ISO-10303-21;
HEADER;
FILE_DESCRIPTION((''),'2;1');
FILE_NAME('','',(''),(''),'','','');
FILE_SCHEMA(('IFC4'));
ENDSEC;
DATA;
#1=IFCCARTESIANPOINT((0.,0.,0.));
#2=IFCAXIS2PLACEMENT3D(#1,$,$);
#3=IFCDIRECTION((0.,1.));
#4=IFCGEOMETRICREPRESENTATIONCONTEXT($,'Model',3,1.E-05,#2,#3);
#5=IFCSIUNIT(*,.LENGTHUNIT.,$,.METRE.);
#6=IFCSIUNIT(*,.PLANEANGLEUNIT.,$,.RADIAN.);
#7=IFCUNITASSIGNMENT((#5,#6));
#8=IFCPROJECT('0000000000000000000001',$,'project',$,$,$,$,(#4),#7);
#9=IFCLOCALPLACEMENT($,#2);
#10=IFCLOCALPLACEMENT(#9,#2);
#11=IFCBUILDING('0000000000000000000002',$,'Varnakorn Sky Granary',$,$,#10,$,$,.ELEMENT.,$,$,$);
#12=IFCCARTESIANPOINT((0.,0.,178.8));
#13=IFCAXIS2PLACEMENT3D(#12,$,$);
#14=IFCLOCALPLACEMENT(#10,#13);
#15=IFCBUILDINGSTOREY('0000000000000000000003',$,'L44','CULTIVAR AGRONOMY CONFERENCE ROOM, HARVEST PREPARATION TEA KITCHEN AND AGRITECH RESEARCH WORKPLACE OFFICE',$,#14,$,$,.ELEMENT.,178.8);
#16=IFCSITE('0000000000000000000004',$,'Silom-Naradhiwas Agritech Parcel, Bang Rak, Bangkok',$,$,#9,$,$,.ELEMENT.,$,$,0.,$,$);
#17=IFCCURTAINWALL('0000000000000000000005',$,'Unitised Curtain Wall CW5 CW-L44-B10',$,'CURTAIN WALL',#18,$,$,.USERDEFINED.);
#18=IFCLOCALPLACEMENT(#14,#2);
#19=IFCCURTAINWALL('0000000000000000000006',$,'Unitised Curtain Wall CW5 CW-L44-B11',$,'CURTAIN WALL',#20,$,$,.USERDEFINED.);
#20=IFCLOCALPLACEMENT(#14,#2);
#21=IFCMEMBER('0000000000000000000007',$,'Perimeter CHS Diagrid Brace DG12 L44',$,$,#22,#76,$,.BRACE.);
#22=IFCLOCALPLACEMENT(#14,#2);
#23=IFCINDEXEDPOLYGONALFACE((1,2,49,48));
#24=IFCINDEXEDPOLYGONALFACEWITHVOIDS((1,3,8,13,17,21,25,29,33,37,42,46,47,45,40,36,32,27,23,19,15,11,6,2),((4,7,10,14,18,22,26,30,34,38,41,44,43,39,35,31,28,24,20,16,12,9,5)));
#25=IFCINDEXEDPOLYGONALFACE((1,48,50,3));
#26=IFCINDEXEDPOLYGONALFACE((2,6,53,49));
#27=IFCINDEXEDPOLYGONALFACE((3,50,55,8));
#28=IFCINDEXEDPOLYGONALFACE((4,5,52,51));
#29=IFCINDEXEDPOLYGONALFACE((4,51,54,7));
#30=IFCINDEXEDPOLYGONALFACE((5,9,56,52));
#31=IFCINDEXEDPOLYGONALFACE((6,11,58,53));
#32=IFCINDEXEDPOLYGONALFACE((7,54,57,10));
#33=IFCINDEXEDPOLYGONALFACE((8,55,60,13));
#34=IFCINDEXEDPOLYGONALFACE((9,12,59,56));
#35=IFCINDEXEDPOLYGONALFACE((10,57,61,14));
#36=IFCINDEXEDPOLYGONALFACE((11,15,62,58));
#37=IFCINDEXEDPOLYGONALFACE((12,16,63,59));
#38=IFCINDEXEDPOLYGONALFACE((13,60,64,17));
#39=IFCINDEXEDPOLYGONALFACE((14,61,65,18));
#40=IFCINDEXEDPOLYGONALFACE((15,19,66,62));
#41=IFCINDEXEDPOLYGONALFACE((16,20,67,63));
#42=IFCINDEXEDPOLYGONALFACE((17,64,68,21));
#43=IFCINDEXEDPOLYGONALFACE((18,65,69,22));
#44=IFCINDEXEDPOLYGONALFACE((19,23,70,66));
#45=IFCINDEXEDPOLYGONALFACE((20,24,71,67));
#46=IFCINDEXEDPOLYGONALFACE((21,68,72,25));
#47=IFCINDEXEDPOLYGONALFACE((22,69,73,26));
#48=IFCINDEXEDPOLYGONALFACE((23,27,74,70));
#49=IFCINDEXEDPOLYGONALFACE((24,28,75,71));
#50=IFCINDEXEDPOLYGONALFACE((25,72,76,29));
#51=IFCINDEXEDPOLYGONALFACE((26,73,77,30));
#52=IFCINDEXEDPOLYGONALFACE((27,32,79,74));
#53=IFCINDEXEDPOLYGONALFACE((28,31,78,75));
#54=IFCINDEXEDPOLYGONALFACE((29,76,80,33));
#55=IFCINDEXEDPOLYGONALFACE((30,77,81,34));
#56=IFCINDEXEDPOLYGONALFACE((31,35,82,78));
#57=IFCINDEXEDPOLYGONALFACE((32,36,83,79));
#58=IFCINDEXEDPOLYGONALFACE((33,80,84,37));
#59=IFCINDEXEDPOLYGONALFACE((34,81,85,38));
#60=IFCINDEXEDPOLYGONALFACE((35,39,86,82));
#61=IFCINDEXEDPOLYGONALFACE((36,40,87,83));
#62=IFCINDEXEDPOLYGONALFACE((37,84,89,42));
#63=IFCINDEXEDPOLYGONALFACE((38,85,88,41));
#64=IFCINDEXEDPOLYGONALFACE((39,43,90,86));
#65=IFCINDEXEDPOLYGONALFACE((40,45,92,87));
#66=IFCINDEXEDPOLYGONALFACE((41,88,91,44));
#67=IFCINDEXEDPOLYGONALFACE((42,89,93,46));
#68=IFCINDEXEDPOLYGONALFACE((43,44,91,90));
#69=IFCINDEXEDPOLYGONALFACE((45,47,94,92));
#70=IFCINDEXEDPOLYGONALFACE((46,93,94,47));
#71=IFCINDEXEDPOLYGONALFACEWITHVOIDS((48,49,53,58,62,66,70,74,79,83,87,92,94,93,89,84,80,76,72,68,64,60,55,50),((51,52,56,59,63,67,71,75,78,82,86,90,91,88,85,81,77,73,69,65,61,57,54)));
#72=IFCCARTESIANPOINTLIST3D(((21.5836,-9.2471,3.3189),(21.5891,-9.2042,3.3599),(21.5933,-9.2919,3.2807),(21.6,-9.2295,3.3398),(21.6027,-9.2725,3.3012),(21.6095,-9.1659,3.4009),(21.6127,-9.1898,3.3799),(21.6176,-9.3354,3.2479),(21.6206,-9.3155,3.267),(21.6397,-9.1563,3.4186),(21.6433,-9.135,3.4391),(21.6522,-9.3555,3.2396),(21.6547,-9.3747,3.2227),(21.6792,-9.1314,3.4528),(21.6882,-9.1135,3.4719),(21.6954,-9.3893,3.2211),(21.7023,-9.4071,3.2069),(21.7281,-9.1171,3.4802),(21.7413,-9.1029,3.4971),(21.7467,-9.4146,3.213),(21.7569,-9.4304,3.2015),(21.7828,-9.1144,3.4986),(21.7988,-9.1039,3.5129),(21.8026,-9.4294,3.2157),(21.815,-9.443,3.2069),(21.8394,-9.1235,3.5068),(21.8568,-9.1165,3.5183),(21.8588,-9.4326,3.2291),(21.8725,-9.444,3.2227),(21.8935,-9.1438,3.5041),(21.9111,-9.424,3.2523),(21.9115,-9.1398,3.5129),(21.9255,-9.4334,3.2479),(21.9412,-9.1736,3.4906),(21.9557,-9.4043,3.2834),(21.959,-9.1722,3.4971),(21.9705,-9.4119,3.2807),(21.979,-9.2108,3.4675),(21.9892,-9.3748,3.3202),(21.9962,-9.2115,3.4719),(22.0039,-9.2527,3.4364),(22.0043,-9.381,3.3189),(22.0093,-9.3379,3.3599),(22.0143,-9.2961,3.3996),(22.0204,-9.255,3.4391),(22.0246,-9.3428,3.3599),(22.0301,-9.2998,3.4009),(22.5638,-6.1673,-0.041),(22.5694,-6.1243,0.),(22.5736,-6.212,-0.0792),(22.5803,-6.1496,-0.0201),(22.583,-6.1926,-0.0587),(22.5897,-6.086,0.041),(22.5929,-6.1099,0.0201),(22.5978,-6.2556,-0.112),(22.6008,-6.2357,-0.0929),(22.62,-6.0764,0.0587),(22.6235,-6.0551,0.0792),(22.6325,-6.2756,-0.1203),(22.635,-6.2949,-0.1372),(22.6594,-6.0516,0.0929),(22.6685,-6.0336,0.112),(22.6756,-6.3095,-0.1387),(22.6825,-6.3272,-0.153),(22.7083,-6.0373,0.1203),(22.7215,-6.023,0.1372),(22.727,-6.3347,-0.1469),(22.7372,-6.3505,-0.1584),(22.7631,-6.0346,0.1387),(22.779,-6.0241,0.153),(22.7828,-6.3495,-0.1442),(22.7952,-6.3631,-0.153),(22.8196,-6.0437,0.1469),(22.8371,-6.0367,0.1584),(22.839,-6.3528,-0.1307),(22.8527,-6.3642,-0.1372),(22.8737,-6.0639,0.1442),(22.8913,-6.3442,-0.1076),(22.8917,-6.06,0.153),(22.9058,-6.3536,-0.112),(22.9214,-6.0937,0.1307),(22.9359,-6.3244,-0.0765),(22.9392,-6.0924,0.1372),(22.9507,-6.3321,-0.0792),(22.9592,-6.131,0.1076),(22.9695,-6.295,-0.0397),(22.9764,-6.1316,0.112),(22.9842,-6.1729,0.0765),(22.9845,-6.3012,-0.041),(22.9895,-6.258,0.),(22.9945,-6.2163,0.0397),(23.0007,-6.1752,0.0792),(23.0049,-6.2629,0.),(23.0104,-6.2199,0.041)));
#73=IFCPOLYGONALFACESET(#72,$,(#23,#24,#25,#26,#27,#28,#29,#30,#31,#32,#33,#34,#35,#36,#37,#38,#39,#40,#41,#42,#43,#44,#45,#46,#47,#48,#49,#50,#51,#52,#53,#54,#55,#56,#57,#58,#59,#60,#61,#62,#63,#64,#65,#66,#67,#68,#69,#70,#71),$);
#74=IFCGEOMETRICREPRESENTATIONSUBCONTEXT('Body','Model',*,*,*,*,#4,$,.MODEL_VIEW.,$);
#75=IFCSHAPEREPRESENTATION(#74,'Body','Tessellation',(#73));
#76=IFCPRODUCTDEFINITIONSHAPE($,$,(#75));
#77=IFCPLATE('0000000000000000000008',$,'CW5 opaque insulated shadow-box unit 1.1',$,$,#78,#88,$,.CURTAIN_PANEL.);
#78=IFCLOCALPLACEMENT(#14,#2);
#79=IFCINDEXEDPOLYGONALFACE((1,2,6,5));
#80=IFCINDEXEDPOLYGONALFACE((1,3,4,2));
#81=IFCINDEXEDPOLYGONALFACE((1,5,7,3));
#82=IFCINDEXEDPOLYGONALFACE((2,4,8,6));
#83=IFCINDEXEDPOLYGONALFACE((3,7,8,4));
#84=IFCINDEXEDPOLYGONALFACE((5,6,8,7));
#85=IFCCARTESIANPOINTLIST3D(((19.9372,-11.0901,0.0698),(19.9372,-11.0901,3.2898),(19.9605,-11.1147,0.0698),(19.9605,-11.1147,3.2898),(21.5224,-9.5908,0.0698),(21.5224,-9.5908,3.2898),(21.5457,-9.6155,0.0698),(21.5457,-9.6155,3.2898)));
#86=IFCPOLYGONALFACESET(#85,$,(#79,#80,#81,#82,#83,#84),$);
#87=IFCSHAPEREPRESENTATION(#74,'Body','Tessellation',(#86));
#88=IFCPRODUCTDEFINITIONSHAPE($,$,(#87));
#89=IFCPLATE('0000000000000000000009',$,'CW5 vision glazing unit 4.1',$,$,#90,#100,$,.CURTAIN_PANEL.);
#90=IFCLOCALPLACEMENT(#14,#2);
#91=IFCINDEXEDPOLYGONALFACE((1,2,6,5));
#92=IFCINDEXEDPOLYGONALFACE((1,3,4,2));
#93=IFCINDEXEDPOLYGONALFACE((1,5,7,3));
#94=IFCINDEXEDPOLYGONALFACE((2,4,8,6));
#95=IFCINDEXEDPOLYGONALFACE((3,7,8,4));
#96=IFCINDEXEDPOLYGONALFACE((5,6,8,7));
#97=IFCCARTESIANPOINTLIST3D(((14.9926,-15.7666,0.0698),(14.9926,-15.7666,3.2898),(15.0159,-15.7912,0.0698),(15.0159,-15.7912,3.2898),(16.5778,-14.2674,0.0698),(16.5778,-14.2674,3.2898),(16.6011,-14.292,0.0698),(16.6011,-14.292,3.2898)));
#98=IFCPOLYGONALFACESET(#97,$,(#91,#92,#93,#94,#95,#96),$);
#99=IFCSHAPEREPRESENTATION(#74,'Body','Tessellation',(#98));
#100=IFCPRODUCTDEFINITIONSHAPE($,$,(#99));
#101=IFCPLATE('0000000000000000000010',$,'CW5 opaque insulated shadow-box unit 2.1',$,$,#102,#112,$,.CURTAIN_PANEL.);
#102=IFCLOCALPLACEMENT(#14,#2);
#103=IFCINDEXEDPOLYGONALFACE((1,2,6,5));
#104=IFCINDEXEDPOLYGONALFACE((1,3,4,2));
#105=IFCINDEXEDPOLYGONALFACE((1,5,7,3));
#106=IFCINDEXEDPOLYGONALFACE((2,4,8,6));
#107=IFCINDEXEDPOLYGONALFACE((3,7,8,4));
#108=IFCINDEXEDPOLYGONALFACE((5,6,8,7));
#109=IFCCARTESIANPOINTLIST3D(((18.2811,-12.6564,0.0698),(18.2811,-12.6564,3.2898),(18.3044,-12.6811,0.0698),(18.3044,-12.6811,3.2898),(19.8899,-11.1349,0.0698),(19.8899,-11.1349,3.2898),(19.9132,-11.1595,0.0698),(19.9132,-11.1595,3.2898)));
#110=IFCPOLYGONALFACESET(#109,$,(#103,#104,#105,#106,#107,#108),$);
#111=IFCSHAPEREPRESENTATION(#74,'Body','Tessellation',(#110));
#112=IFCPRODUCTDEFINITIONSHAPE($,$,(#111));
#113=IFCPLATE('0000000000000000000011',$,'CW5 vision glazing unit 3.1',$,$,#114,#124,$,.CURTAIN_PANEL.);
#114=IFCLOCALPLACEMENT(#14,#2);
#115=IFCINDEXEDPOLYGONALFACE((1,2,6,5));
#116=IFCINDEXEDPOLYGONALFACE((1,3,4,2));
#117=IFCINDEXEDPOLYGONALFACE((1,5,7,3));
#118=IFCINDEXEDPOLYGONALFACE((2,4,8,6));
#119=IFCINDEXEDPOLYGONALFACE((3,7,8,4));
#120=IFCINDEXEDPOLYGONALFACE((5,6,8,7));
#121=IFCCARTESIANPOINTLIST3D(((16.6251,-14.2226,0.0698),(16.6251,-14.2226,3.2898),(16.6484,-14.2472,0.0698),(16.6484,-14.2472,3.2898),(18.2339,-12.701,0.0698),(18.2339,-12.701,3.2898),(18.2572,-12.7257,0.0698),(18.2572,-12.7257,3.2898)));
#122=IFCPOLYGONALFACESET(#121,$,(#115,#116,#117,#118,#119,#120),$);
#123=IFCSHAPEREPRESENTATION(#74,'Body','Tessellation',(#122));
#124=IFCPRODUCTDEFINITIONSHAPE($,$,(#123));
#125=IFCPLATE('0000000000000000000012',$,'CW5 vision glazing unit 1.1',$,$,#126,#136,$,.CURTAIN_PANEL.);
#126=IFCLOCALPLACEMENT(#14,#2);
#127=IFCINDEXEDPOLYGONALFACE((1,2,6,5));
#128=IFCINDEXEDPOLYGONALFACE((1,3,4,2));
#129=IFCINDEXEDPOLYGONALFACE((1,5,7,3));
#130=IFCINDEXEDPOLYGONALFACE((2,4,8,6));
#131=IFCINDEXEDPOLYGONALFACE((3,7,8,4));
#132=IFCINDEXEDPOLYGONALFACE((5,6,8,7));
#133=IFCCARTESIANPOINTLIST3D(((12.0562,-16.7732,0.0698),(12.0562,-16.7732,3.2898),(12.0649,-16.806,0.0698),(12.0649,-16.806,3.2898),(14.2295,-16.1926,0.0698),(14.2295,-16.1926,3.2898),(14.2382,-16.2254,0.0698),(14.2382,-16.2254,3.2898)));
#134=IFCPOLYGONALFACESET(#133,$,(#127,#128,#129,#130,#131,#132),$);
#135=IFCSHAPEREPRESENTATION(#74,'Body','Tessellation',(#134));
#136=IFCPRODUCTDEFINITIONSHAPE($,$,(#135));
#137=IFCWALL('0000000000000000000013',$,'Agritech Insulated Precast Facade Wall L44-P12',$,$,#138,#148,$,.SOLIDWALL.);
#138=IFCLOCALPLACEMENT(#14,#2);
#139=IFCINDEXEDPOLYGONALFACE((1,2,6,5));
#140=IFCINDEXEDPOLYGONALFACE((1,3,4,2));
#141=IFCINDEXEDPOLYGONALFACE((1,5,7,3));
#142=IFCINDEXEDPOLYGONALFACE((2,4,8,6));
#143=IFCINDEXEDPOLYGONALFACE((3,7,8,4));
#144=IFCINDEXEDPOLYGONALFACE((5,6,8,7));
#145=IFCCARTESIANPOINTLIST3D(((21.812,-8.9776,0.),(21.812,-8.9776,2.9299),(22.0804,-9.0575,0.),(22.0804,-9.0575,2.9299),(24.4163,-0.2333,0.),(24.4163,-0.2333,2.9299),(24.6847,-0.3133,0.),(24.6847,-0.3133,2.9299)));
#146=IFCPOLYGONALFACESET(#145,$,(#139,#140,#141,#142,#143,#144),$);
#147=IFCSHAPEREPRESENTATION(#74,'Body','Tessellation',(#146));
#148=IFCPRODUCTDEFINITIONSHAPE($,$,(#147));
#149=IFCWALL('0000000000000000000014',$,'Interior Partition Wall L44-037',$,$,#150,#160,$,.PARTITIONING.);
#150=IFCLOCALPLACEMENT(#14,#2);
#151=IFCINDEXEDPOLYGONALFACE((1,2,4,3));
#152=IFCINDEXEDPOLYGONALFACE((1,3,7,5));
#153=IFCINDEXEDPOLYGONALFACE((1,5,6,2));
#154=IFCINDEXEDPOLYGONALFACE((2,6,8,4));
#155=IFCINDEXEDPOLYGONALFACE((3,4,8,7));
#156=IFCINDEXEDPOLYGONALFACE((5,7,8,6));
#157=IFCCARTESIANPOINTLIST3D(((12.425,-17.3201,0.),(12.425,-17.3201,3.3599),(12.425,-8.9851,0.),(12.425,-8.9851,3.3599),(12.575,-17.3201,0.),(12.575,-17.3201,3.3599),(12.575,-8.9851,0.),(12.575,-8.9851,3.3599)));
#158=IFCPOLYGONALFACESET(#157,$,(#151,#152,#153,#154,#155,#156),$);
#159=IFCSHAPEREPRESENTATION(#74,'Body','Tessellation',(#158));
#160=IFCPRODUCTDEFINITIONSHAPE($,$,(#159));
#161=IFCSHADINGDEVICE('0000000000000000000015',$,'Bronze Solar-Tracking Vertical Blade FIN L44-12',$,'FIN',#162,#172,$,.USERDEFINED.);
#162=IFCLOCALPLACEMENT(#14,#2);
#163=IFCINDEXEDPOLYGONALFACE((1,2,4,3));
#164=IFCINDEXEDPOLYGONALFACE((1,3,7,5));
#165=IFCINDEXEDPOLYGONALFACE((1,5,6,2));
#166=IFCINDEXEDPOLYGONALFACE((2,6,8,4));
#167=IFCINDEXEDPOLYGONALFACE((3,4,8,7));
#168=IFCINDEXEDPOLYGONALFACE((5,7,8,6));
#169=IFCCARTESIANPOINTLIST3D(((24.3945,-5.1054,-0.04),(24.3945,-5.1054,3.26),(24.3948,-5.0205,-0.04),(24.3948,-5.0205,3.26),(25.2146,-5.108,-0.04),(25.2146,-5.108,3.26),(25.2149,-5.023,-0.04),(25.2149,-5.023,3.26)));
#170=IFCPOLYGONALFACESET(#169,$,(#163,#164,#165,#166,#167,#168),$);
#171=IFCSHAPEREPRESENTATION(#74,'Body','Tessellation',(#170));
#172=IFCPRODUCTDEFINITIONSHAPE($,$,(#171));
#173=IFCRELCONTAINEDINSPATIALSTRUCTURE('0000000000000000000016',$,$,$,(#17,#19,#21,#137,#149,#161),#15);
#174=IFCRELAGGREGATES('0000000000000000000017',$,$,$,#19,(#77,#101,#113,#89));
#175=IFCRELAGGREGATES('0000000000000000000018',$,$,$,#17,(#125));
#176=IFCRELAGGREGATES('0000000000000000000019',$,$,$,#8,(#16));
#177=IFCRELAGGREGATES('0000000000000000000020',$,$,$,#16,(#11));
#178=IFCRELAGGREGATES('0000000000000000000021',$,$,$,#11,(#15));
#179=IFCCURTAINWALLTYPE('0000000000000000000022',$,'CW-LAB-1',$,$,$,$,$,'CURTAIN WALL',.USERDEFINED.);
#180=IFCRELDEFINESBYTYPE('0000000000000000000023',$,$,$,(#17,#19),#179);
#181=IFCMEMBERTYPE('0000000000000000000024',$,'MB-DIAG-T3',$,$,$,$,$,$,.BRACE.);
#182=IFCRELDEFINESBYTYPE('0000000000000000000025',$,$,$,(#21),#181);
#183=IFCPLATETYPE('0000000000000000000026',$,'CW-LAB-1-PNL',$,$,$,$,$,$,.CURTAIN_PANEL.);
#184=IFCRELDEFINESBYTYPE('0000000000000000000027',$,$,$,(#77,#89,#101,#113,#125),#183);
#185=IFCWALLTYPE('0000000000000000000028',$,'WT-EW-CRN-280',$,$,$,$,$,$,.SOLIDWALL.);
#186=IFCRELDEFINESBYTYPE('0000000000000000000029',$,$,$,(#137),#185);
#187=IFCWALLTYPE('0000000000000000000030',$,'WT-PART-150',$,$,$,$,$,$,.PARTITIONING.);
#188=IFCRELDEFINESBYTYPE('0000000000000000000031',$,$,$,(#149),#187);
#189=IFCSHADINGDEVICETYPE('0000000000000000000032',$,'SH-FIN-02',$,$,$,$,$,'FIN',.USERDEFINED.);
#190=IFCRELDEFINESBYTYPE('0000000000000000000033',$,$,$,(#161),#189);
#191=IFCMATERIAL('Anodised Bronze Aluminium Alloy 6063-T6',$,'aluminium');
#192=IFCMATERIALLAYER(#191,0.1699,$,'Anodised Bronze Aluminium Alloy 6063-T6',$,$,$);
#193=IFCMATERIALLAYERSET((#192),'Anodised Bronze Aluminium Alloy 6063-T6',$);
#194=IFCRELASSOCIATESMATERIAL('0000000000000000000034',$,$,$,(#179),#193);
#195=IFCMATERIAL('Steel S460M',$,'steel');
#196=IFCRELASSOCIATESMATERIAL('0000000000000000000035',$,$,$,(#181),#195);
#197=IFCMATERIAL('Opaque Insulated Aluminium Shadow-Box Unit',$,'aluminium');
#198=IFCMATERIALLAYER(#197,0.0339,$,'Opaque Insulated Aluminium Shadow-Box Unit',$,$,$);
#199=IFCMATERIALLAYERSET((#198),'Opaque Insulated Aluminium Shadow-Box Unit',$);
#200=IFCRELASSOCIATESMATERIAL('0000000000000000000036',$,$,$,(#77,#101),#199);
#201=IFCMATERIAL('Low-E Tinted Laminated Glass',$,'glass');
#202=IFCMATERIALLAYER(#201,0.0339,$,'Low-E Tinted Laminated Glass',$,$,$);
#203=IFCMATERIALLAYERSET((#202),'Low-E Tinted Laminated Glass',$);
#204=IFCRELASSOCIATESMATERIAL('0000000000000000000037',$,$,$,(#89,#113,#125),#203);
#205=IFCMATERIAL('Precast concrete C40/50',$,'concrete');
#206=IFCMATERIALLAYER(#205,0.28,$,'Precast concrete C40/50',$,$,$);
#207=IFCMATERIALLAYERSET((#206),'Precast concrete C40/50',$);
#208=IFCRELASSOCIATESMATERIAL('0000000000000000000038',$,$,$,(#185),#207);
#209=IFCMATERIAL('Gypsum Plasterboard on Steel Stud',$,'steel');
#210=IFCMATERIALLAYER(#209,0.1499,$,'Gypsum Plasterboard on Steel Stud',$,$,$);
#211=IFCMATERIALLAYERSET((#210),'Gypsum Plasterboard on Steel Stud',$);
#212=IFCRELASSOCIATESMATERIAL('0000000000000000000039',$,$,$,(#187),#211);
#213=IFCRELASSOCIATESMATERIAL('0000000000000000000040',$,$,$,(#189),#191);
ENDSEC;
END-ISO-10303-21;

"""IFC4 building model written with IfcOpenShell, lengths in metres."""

from ifc_helpers import new_model, si_unit, direction, frame, frame_2d, origin, origin_2d, place, context, subcontext, project, spatial, rectangle, hollow_circle, extrude, source, transform, mapped, material, layer, layer_set, material_profile, profile_set, type_object, type_shapes, element, aggregate, save


model = new_model("IFC4")

# Units and contexts
model_context = context("Model", 3, precision=1e-05, world=origin(), true_north=direction((0.0, 1.0)))
body_context = subcontext(model_context, "Body", "Model", "MODEL_VIEW")
ifc_project = project(units=[si_unit("LENGTHUNIT", "METRE"), si_unit("PLANEANGLEUNIT", "RADIAN")], contexts=[model_context])

# Site, building, storey
site_placement = place(None, origin())
site = spatial("IfcSite", under=ifc_project, at=site_placement, Name="Silom-Naradhiwas Agritech Parcel, Bang Rak, Bangkok", CompositionType="ELEMENT", RefElevation=0.0)
building_placement = place(site_placement, origin())
building = spatial("IfcBuilding", under=site, at=building_placement, Name="Varnakorn Sky Granary", CompositionType="ELEMENT")
storey_placement = place(building_placement, frame((0.0, 0.0, 178.8)))
storey = spatial("IfcBuildingStorey", under=building, at=storey_placement, Name="L44", Description="CULTIVAR AGRONOMY CONFERENCE ROOM, HARVEST PREPARATION TEA KITCHEN AND AGRITECH RESEARCH WORKPLACE OFFICE", CompositionType="ELEMENT", Elevation=178.8)

# Shared definitions
ifc_material_1 = material(Name="Steel S460M", Category="steel")

# Curtain wall
ifc_material_2 = material(Name="Anodised Bronze Aluminium Alloy 6063-T6", Category="aluminium")
ifc_layer_1 = layer(ifc_material_2, 0.1699, Name="Anodised Bronze Aluminium Alloy 6063-T6")
ifc_layer_set_1 = layer_set([ifc_layer_1], Name="Anodised Bronze Aluminium Alloy 6063-T6")
curtain_wall_type = type_object("IfcCurtainWallType", Name="CW-LAB-1", ElementType="CURTAIN WALL", PredefinedType="USERDEFINED", material=ifc_layer_set_1)
curtain_wall_1_placement = place(storey_placement, origin())
curtain_wall_1 = element("IfcCurtainWall", 1, at=curtain_wall_1_placement, inside=storey, type_object=curtain_wall_type, Name="Unitised Curtain Wall CW5 CW-L44-B10", ObjectType="CURTAIN WALL", PredefinedType="USERDEFINED")

# Curtain wall
curtain_wall_2_placement = place(storey_placement, origin())
curtain_wall_2 = element("IfcCurtainWall", 2, at=curtain_wall_2_placement, inside=storey, type_object=curtain_wall_type, Name="Unitised Curtain Wall CW5 CW-L44-B11", ObjectType="CURTAIN WALL", PredefinedType="USERDEFINED")

# Member
ifc_material_profile_1 = material_profile(ifc_material_1, hollow_circle(Radius=0.2285, WallThickness=0.0161, at=origin_2d()), Name="CHS 457x16")
ifc_profile_set_1 = profile_set([ifc_material_profile_1], Name="Steel S460M")
member_type_1 = type_object("IfcMemberType", Name="MB-DIAG-T3", PredefinedType="BRACE", material=ifc_profile_set_1)
member_1_placement = place(storey_placement, frame((22.7871, -6.1936, 0.0), z_axis=(-0.210255, -0.660615, 0.720681), x_axis=(0.952901, -0.303282, 0.0)))
element("IfcMember", 3, at=member_1_placement, inside=storey, type_object=member_type_1, Name="Perimeter CHS Diagrid Brace DG12 L44", PredefinedType="BRACE", context=body_context, shape_type="SweptSolid", body=[
    extrude(hollow_circle(Radius=0.2285, WallThickness=0.0161, at=origin_2d()), origin(), (0.0, 0.0, 1.0), 4.6621),
])

# Plates
ifc_material_3 = material(Name="Opaque Insulated Aluminium Shadow-Box Unit", Category="aluminium")
ifc_layer_2 = layer(ifc_material_3, 0.0339, Name="Opaque Insulated Aluminium Shadow-Box Unit")
ifc_layer_set_2 = layer_set([ifc_layer_2], Name="Opaque Insulated Aluminium Shadow-Box Unit")
plate_type = type_object("IfcPlateType", Name="CW-LAB-1-PNL", PredefinedType="CURTAIN_PANEL")
shared_shape_1 = source(origin(), body_context, "Body", "SweptSolid", [
    extrude(rectangle(XDim=2.1819, YDim=0.0339, at=origin_2d()), origin(), (0.0, 0.0, 1.0), 3.22),
])
plate_1_placement = place(storey_placement, frame((20.7415, -10.3528, 0.0698), z_axis=(0.0, 0.0, 1.0), x_axis=(-0.726541, -0.687124, 0.0)))
plate_1 = element("IfcPlate", 4, at=plate_1_placement, type_object=plate_type, material=ifc_layer_set_2, Name="CW5 opaque insulated shadow-box unit 1.1", PredefinedType="CURTAIN_PANEL", context=body_context, shape_type="MappedRepresentation", body=[
    mapped(shared_shape_1, transform((0.0, 0.0, 0.0), x_axis=(1.0, 0.0, 0.0), y_axis=(0.0, 1.0, 0.0), z_axis=(0.0, 0.0, 1.0), scale=1.0)),
])
ifc_material_4 = material(Name="Low-E Tinted Laminated Glass", Category="glass")
ifc_layer_3 = layer(ifc_material_4, 0.0339, Name="Low-E Tinted Laminated Glass")
ifc_layer_set_3 = layer_set([ifc_layer_3], Name="Low-E Tinted Laminated Glass")
plate_2_placement = place(storey_placement, frame((15.7969, -15.0293, 0.0698), z_axis=(0.0, 0.0, 1.0), x_axis=(-0.726541, -0.687124, 0.0)))
plate_2 = element("IfcPlate", 5, at=plate_2_placement, type_object=plate_type, material=ifc_layer_set_3, Name="CW5 vision glazing unit 4.1", PredefinedType="CURTAIN_PANEL", context=body_context, shape_type="MappedRepresentation", body=[
    mapped(shared_shape_1, transform((0.0, 0.0, 0.0), x_axis=(1.0, 0.0, 0.0), y_axis=(0.0, 1.0, 0.0), z_axis=(0.0, 0.0, 1.0), scale=1.0)),
])
shared_shape_2 = source(origin(), body_context, "Body", "SweptSolid", [
    extrude(rectangle(XDim=2.2144, YDim=0.0339, at=origin_2d()), origin(), (0.0, 0.0, 1.0), 3.22),
])
plate_3_placement = place(storey_placement, frame((19.0972, -11.908, 0.0698), z_axis=(0.0, 0.0, 1.0), x_axis=(-0.726541, -0.687124, 0.0)))
plate_3 = element("IfcPlate", 6, at=plate_3_placement, type_object=plate_type, material=ifc_layer_set_2, Name="CW5 opaque insulated shadow-box unit 2.1", PredefinedType="CURTAIN_PANEL", context=body_context, shape_type="MappedRepresentation", body=[
    mapped(shared_shape_2, transform((0.0, 0.0, 0.0), x_axis=(1.0, 0.0, 0.0), y_axis=(0.0, 1.0, 0.0), z_axis=(0.0, 0.0, 1.0), scale=1.0)),
])
plate_4_placement = place(storey_placement, frame((17.4412, -13.4741, 0.0698), z_axis=(0.0, 0.0, 1.0), x_axis=(-0.726541, -0.687124, 0.0)))
plate_4 = element("IfcPlate", 7, at=plate_4_placement, type_object=plate_type, material=ifc_layer_set_3, Name="CW5 vision glazing unit 3.1", PredefinedType="CURTAIN_PANEL", context=body_context, shape_type="MappedRepresentation", body=[
    mapped(shared_shape_2, transform((0.0, 0.0, 0.0), x_axis=(1.0, 0.0, 0.0), y_axis=(0.0, 1.0, 0.0), z_axis=(0.0, 0.0, 1.0), scale=1.0)),
])
aggregate(curtain_wall_2, [plate_1, plate_3, plate_4, plate_2])
shared_shape_3 = source(origin(), body_context, "Body", "SweptSolid", [
    extrude(rectangle(XDim=2.2495, YDim=0.0339, at=origin_2d()), origin(), (0.0, 0.0, 1.0), 3.22),
])
type_shapes(plate_type, [shared_shape_1, shared_shape_2, shared_shape_3])
plate_5_placement = place(storey_placement, frame((13.1472, -16.4993, 0.0698), z_axis=(0.0, 0.0, 1.0), x_axis=(-0.966119, -0.258096, 0.0)))
plate_5 = element("IfcPlate", 8, at=plate_5_placement, type_object=plate_type, material=ifc_layer_set_3, Name="CW5 vision glazing unit 1.1", PredefinedType="CURTAIN_PANEL", context=body_context, shape_type="MappedRepresentation", body=[
    mapped(shared_shape_3, transform((0.0, 0.0, 0.0), x_axis=(1.0, 0.0, 0.0), y_axis=(0.0, 1.0, 0.0), z_axis=(0.0, 0.0, 1.0), scale=1.0)),
])
aggregate(curtain_wall_1, [plate_5])

# Walls
ifc_material_5 = material(Name="Precast concrete C40/50", Category="concrete")
ifc_layer_4 = layer(ifc_material_5, 0.28, Name="Precast concrete C40/50")
ifc_layer_set_4 = layer_set([ifc_layer_4], Name="Precast concrete C40/50")
wall_type_1 = type_object("IfcWallType", Name="WT-EW-CRN-280", PredefinedType="SOLIDWALL", material=ifc_layer_set_4)
wall_1_placement = place(storey_placement, frame((24.5505, -0.2732, 0.0), z_axis=(0.0, 0.0, 1.0), x_axis=(-0.285437, -0.958397, 0.0)))
element("IfcWall", 9, at=wall_1_placement, inside=storey, type_object=wall_type_1, Name="Agritech Insulated Precast Facade Wall L44-P12", PredefinedType="SOLIDWALL", context=body_context, shape_type="SweptSolid", body=[
    extrude(rectangle(XDim=9.1238, YDim=0.28, at=frame_2d((4.562, 0.0))), origin(), (0.0, 0.0, 1.0), 2.9299),
])
ifc_material_6 = material(Name="Gypsum Plasterboard on Steel Stud", Category="steel")
ifc_layer_5 = layer(ifc_material_6, 0.1499, Name="Gypsum Plasterboard on Steel Stud")
ifc_layer_set_5 = layer_set([ifc_layer_5], Name="Gypsum Plasterboard on Steel Stud")
wall_type_2 = type_object("IfcWallType", Name="WT-PART-150", PredefinedType="PARTITIONING", material=ifc_layer_set_5)
wall_2_placement = place(storey_placement, frame((12.5, -8.9851, 0.0), z_axis=(0.0, 0.0, 1.0), x_axis=(0.0, -1.0, 0.0)))
element("IfcWall", 10, at=wall_2_placement, inside=storey, type_object=wall_type_2, Name="Interior Partition Wall L44-037", PredefinedType="PARTITIONING", context=body_context, shape_type="SweptSolid", body=[
    extrude(rectangle(XDim=8.335, YDim=0.1499, at=frame_2d((4.1675, 0.0))), origin(), (0.0, 0.0, 1.0), 3.3599),
])

# Shading device
shading_device_type = type_object("IfcShadingDeviceType", Name="SH-FIN-02", ElementType="FIN", PredefinedType="USERDEFINED", material=ifc_material_2)
shared_shape_4 = source(origin(), body_context, "Body", "SweptSolid", [
    extrude(rectangle(XDim=0.085, YDim=0.8201, at=origin_2d()), origin(), (0.0, 0.0, 1.0), 3.3),
])
type_shapes(shading_device_type, [shared_shape_4])
shading_device_placement = place(storey_placement, frame((24.8047, -5.0642, -0.04), z_axis=(0.0, 0.0, 1.0), x_axis=(0.003081, 0.999995, 0.0)))
element("IfcShadingDevice", 11, at=shading_device_placement, inside=storey, type_object=shading_device_type, Name="Bronze Solar-Tracking Vertical Blade FIN L44-12", ObjectType="FIN", PredefinedType="USERDEFINED", context=body_context, shape_type="MappedRepresentation", body=[
    mapped(shared_shape_4, transform((0.0, 0.0, 0.0), x_axis=(1.0, 0.0, 0.0), y_axis=(0.0, 1.0, 0.0), z_axis=(0.0, 0.0, 1.0), scale=1.0)),
])

save(model, "model.ifc")
